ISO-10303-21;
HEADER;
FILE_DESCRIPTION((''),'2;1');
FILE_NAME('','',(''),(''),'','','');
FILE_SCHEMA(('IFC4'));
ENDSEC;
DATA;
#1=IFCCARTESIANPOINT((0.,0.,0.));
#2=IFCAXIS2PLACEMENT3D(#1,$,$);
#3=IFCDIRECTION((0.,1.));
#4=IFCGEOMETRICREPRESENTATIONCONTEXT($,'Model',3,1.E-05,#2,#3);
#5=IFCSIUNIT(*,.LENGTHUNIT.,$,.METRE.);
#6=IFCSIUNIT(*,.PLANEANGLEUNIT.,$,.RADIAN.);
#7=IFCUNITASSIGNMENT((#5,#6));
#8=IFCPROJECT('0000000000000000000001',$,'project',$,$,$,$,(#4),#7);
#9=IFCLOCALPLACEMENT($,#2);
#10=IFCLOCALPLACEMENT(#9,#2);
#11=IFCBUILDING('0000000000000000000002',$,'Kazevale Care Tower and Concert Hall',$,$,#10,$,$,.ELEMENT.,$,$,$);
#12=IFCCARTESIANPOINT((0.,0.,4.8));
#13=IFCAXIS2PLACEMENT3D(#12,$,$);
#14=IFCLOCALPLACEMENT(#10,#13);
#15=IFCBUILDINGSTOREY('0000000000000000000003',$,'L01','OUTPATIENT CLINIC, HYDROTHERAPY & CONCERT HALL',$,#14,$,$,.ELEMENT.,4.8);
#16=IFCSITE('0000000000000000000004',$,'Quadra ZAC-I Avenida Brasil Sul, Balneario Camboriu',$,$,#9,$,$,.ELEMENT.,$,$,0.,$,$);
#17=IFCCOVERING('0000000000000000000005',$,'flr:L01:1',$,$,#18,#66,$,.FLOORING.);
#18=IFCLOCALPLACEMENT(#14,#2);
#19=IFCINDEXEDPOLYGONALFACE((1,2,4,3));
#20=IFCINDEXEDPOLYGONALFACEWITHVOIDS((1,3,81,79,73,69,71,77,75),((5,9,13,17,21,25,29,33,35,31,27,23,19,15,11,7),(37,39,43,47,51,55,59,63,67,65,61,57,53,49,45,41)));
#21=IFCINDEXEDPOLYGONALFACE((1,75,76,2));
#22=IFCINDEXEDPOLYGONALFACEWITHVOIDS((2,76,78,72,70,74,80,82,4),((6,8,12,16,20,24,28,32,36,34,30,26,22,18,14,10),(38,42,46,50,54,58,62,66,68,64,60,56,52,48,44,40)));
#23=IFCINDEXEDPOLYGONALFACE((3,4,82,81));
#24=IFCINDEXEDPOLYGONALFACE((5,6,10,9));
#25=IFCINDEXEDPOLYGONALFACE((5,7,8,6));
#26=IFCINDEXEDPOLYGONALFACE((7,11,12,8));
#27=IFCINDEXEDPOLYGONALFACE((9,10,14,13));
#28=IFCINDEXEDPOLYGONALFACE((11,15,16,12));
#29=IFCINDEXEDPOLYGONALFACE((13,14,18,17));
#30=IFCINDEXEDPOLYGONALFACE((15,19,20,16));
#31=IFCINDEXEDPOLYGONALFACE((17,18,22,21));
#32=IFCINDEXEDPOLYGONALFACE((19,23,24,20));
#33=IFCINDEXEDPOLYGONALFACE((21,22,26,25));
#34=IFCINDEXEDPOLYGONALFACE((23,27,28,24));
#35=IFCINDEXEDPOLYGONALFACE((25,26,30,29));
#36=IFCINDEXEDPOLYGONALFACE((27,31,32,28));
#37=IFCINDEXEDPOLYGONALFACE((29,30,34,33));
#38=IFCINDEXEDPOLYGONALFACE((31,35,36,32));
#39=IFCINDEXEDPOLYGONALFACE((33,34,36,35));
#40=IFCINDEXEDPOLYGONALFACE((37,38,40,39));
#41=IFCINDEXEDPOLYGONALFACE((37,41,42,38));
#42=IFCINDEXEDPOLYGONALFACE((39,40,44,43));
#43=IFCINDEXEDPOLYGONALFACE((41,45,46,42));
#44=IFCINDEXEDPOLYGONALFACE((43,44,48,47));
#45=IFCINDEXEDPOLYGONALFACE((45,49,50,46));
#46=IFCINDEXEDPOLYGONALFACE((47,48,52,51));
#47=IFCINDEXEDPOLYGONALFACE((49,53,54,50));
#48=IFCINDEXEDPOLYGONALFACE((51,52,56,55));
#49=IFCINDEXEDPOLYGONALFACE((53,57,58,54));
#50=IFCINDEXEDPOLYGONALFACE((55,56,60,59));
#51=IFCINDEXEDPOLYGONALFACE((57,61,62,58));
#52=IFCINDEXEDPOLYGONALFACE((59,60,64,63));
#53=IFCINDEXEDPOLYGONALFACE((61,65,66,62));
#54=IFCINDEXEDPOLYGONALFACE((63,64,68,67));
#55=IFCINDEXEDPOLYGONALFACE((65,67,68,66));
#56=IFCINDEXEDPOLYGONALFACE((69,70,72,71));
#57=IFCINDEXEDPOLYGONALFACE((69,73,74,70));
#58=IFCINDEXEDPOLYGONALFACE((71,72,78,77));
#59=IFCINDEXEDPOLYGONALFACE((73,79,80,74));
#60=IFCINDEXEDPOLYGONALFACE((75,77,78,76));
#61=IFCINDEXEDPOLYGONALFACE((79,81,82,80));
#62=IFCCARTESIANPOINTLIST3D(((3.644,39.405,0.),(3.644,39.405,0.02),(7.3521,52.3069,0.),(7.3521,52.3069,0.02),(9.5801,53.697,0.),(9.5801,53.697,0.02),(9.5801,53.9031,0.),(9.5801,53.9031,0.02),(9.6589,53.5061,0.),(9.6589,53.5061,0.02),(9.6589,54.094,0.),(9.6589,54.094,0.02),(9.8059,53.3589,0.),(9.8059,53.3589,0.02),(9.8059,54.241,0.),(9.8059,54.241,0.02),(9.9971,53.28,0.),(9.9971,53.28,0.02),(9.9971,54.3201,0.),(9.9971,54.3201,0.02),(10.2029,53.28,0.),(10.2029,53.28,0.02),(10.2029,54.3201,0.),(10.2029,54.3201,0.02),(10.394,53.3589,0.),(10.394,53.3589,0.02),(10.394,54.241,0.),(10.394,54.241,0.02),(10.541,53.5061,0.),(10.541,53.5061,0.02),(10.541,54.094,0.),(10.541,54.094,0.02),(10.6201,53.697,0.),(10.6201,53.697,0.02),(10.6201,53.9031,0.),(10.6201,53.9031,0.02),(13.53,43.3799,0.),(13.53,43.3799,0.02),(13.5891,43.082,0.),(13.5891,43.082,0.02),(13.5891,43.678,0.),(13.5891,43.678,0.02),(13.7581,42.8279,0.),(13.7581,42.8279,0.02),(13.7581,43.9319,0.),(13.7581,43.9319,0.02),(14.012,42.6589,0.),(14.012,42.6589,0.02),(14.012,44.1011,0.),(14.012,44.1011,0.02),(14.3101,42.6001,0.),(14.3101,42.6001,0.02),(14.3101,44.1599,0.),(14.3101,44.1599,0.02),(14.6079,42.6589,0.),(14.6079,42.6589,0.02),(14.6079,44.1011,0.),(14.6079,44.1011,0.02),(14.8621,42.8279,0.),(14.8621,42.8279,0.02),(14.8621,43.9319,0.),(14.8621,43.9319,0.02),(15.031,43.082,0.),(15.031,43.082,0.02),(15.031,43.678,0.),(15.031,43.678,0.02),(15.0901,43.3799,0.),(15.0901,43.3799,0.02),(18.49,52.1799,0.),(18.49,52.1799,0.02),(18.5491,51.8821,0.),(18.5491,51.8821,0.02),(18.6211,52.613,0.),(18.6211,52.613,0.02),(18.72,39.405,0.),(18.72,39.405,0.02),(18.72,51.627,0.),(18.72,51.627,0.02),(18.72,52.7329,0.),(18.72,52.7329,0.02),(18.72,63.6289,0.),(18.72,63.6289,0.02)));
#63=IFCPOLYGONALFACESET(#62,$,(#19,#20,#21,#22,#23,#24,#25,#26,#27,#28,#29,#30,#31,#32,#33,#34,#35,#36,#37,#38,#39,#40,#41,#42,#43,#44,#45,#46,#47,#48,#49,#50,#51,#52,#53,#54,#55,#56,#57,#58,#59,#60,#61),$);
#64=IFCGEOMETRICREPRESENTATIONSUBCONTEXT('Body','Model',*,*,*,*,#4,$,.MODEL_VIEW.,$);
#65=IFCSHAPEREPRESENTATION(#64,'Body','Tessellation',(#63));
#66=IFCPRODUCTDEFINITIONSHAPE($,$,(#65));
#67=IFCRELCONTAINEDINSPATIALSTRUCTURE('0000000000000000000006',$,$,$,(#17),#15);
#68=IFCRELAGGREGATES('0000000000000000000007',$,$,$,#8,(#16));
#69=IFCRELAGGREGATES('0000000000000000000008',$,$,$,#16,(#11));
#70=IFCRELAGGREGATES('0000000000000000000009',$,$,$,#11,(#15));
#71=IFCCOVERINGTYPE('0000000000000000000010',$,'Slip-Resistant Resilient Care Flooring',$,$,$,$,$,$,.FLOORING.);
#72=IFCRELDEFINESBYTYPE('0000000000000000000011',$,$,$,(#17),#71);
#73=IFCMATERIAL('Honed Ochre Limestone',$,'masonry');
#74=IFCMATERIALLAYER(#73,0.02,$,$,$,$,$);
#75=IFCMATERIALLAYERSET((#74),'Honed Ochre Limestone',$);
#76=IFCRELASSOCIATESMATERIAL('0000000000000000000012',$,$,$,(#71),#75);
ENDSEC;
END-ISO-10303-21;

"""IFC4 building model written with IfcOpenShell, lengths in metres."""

from ifc_helpers import new_model, si_unit, direction, frame, origin, place, context, subcontext, project, spatial, polyline, outline, extrude, material, layer, layer_set, type_object, element, save


model = new_model("IFC4")

# Units and contexts
model_context = context("Model", 3, precision=1e-05, world=origin(), true_north=direction((0.0, 1.0)))
body_context = subcontext(model_context, "Body", "Model", "MODEL_VIEW")
ifc_project = project(units=[si_unit("LENGTHUNIT", "METRE"), si_unit("PLANEANGLEUNIT", "RADIAN")], contexts=[model_context])

# Site, building, storey
site_placement = place(None, origin())
site = spatial("IfcSite", under=ifc_project, at=site_placement, Name="Quadra ZAC-I Avenida Brasil Sul, Balneario Camboriu", CompositionType="ELEMENT", RefElevation=0.0)
building_placement = place(site_placement, origin())
building = spatial("IfcBuilding", under=site, at=building_placement, Name="Kazevale Care Tower and Concert Hall", CompositionType="ELEMENT")
storey_placement = place(building_placement, frame((0.0, 0.0, 4.8)))
storey = spatial("IfcBuildingStorey", under=building, at=storey_placement, Name="L01", Description="OUTPATIENT CLINIC, HYDROTHERAPY & CONCERT HALL", CompositionType="ELEMENT", Elevation=4.8)

# Covering
ifc_material_1 = material(Name="Honed Ochre Limestone", Category="masonry")
ifc_layer_1 = layer(ifc_material_1, 0.02)
ifc_layer_set_1 = layer_set([ifc_layer_1], Name="Honed Ochre Limestone")
covering_type_1 = type_object("IfcCoveringType", Name="Slip-Resistant Resilient Care Flooring", PredefinedType="FLOORING", material=ifc_layer_set_1)
covering_1_placement = place(storey_placement, origin())
element("IfcCovering", 1, at=covering_1_placement, inside=storey, type_object=covering_type_1, Name="flr:L01:1", PredefinedType="FLOORING", context=body_context, shape_type="SweptSolid", body=[
    extrude(outline(polyline([(18.6211, 52.613), (18.49, 52.1799), (18.5491, 51.8821), (18.72, 51.627), (18.72, 39.405), (3.644, 39.405), (7.3521, 52.3069), (18.72, 63.6289), (18.72, 52.7329), (18.6211, 52.613)]), holes=[polyline([(15.031, 43.678), (14.8621, 43.9319), (14.6079, 44.1011), (14.3101, 44.1599), (14.012, 44.1011), (13.7581, 43.9319), (13.5891, 43.678), (13.53, 43.3799), (13.5891, 43.082), (13.7581, 42.8279), (14.012, 42.6589), (14.3101, 42.6001), (14.6079, 42.6589), (14.8621, 42.8279), (15.031, 43.082), (15.0901, 43.3799), (15.031, 43.678)]), polyline([(10.6201, 53.9031), (10.541, 54.094), (10.394, 54.241), (10.2029, 54.3201), (9.9971, 54.3201), (9.8059, 54.241), (9.6589, 54.094), (9.5801, 53.9031), (9.5801, 53.697), (9.6589, 53.5061), (9.8059, 53.3589), (9.9971, 53.28), (10.2029, 53.28), (10.394, 53.3589), (10.541, 53.5061), (10.6201, 53.697), (10.6201, 53.9031)])]), origin(), (0.0, 0.0, 1.0), 0.02),
])

save(model, "model.ifc")
